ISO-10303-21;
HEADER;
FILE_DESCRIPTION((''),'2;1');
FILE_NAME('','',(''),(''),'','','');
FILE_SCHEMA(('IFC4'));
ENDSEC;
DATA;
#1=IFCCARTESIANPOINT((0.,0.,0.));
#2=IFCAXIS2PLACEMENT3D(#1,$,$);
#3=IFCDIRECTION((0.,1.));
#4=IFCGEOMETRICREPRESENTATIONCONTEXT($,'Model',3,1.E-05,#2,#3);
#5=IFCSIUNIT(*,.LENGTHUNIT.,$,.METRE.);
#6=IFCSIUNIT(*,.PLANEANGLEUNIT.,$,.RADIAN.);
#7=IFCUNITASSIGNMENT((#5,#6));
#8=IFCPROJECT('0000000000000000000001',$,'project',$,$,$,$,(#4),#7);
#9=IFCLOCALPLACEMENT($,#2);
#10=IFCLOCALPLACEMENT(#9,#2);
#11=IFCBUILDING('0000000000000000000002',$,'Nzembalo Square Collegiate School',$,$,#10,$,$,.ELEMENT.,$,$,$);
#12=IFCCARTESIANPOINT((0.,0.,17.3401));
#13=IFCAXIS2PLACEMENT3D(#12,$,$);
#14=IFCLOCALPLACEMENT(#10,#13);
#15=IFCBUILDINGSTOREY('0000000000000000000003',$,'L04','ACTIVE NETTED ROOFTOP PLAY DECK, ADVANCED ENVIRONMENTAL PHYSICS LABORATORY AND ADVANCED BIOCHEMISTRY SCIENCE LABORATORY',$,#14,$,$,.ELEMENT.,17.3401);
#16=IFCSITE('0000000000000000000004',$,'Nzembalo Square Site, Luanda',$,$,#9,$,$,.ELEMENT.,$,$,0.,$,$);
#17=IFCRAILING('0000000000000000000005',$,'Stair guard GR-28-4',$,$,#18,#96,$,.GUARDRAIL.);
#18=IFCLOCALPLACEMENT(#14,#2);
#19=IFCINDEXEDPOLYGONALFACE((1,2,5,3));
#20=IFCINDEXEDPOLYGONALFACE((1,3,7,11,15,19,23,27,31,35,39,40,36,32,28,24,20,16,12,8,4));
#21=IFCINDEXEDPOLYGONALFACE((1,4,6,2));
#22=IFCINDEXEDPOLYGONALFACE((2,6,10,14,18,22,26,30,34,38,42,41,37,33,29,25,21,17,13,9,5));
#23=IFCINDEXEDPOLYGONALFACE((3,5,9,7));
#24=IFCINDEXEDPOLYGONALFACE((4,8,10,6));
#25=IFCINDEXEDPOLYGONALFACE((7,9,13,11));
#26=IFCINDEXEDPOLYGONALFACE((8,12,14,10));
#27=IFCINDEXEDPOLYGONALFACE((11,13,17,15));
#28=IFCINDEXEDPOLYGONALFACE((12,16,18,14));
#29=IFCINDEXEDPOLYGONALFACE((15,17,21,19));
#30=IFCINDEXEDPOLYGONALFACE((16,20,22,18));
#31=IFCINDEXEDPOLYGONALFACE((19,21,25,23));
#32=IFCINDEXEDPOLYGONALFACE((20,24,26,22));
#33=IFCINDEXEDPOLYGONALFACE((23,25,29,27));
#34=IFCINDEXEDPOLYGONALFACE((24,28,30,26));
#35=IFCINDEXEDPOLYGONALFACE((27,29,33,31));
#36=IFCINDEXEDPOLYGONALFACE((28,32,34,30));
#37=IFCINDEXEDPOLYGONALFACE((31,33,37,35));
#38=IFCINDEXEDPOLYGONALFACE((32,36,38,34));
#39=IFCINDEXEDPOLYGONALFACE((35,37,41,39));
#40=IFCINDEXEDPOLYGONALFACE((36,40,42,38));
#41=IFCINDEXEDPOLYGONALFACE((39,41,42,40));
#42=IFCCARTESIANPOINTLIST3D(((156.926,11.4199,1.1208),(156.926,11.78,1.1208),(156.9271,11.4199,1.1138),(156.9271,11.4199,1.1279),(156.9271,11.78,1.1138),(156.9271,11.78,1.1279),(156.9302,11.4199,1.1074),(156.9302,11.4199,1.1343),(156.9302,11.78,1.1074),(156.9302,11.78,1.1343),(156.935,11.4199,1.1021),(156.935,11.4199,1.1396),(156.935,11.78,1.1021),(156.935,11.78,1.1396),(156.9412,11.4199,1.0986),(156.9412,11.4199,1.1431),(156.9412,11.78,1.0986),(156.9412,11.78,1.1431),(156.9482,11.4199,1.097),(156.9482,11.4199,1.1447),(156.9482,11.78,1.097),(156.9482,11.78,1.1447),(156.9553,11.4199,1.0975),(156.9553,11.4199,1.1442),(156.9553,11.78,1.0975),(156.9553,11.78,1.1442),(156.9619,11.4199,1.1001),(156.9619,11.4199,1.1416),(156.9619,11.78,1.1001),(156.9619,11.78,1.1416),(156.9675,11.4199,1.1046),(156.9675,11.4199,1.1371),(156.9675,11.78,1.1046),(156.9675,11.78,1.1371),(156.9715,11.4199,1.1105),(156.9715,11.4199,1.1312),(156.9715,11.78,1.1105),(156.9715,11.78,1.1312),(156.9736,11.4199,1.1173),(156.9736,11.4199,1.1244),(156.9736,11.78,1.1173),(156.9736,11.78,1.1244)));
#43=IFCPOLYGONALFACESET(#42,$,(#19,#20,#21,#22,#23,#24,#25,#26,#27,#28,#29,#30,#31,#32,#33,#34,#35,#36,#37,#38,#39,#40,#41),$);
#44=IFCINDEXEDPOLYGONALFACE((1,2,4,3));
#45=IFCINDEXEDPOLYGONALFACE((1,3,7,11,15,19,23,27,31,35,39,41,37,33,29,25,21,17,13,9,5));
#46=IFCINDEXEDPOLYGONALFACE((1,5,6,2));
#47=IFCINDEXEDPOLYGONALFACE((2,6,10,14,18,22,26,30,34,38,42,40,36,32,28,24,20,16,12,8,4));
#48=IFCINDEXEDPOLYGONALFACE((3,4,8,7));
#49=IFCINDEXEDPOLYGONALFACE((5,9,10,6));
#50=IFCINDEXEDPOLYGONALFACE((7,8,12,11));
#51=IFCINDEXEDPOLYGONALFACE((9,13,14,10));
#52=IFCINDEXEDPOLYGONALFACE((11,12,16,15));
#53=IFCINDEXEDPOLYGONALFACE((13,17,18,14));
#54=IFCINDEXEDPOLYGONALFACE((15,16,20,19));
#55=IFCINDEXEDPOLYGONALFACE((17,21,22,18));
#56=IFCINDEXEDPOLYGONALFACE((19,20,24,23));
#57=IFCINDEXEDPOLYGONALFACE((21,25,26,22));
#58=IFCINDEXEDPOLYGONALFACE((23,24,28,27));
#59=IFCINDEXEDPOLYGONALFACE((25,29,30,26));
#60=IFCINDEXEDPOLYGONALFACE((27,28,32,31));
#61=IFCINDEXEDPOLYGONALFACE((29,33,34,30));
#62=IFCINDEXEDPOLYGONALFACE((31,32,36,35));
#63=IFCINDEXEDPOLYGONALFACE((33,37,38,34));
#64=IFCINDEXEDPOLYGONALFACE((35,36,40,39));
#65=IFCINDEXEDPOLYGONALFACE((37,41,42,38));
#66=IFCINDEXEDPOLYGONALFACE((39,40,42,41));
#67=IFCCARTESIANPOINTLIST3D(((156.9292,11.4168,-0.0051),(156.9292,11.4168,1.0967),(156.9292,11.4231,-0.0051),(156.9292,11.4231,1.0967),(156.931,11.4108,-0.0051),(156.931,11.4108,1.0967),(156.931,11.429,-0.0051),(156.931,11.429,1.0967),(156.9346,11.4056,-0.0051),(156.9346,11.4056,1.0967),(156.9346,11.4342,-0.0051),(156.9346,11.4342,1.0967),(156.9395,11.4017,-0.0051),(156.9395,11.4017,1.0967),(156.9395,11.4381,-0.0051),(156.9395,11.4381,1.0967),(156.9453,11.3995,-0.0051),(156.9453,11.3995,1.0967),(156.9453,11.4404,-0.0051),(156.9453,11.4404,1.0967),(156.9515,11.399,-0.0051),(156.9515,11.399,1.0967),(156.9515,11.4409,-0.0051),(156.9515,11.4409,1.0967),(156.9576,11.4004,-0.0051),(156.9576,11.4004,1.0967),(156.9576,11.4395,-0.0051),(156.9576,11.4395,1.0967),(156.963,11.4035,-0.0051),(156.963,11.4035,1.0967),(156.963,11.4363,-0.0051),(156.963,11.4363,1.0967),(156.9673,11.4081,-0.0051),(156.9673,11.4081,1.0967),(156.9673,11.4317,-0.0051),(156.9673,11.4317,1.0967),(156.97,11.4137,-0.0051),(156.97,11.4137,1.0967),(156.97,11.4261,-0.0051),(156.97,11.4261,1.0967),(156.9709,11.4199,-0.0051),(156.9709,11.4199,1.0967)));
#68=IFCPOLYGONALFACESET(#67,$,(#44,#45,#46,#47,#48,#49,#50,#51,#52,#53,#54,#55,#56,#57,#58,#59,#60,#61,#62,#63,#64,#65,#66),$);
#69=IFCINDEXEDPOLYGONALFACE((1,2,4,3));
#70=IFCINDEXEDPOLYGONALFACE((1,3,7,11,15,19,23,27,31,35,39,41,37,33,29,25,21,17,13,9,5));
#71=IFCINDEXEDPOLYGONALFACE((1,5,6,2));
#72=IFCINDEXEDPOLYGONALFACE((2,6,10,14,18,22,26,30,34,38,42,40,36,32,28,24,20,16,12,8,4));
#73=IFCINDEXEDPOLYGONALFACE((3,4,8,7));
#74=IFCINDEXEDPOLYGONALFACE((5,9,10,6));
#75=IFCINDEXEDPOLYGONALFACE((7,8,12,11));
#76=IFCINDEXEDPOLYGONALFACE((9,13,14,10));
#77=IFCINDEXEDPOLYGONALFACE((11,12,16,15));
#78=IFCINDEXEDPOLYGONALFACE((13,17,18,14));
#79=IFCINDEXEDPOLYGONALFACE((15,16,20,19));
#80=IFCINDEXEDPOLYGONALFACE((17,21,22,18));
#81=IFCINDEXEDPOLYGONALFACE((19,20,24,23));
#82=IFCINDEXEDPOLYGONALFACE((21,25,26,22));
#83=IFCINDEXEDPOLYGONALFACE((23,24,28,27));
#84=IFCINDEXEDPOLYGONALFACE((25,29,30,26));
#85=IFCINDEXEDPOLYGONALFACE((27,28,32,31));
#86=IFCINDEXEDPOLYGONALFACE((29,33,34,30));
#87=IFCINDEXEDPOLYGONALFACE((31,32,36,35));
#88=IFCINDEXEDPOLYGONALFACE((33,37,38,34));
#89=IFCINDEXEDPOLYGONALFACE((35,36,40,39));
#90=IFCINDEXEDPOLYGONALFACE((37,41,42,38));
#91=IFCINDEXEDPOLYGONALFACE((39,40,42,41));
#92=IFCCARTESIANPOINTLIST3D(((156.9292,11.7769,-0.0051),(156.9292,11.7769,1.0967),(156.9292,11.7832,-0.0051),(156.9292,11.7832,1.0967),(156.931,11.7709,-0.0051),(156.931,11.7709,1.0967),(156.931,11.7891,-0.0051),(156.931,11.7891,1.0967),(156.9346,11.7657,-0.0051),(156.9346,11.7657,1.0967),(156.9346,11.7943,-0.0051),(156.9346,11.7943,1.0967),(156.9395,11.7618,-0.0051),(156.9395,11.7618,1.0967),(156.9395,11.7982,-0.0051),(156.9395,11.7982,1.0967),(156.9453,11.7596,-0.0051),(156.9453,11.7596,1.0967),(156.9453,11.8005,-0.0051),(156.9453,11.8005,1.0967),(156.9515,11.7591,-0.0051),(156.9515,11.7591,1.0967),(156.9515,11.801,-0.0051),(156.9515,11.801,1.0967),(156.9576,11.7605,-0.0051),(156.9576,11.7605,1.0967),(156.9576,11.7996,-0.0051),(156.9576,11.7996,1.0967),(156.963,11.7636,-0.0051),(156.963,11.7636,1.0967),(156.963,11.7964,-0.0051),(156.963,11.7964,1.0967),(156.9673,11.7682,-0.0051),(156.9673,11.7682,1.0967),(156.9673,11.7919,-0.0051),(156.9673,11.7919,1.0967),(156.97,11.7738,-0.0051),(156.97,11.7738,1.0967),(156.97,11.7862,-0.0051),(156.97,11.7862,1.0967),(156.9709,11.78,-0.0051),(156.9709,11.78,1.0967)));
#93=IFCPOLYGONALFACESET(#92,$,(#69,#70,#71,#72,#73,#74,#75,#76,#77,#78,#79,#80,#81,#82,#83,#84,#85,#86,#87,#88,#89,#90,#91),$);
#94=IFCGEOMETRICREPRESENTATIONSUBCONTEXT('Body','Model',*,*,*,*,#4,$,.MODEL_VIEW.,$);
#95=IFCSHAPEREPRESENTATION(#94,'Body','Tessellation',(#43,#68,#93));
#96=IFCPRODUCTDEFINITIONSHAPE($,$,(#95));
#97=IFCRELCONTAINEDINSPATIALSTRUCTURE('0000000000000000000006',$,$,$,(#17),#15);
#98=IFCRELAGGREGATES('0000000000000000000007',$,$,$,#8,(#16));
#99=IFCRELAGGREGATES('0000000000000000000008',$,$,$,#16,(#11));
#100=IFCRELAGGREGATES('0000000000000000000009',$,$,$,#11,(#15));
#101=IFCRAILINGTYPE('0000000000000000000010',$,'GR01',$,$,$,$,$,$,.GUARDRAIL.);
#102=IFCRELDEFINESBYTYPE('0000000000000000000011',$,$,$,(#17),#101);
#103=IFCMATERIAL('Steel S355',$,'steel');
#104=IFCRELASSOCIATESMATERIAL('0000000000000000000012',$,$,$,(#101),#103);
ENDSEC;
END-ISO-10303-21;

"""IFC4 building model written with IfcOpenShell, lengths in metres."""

from ifc_helpers import new_model, si_unit, direction, frame, origin, origin_2d, place, context, subcontext, project, spatial, circle, extrude, material, type_object, element, save


model = new_model("IFC4")

# Units and contexts
model_context = context("Model", 3, precision=1e-05, world=origin(), true_north=direction((0.0, 1.0)))
body_context = subcontext(model_context, "Body", "Model", "MODEL_VIEW")
ifc_project = project(units=[si_unit("LENGTHUNIT", "METRE"), si_unit("PLANEANGLEUNIT", "RADIAN")], contexts=[model_context])

# Site, building, storey
site_placement = place(None, origin())
site = spatial("IfcSite", under=ifc_project, at=site_placement, Name="Nzembalo Square Site, Luanda", CompositionType="ELEMENT", RefElevation=0.0)
building_placement = place(site_placement, origin())
building = spatial("IfcBuilding", under=site, at=building_placement, Name="Nzembalo Square Collegiate School", CompositionType="ELEMENT")
storey_placement = place(building_placement, frame((0.0, 0.0, 17.3401)))
storey = spatial("IfcBuildingStorey", under=building, at=storey_placement, Name="L04", Description="ACTIVE NETTED ROOFTOP PLAY DECK, ADVANCED ENVIRONMENTAL PHYSICS LABORATORY AND ADVANCED BIOCHEMISTRY SCIENCE LABORATORY", CompositionType="ELEMENT", Elevation=17.3401)

# Railing
ifc_material_1 = material(Name="Steel S355", Category="steel")
railing_type_1 = type_object("IfcRailingType", Name="GR01", PredefinedType="GUARDRAIL", material=ifc_material_1)
railing_1_placement = place(storey_placement, frame((156.95, 11.4199, -0.0051)))
element("IfcRailing", 1, at=railing_1_placement, inside=storey, type_object=railing_type_1, Name="Stair guard GR-28-4", PredefinedType="GUARDRAIL", context=body_context, shape_type="SweptSolid", body=[
    extrude(circle(Radius=0.0239, at=origin_2d()), frame((0.0, 0.0, 1.126), z_axis=(0.0, 1.0, 0.0), x_axis=(-1.0, 0.0, 0.0)), (0.0, 0.0, 1.0), 0.3601),
    extrude(circle(Radius=0.021, at=origin_2d()), origin(), (0.0, 0.0, 1.0), 1.1018),
    extrude(circle(Radius=0.021, at=origin_2d()), frame((0.0, 0.3601, 0.0)), (0.0, 0.0, 1.0), 1.1018),
])

save(model, "model.ifc")
